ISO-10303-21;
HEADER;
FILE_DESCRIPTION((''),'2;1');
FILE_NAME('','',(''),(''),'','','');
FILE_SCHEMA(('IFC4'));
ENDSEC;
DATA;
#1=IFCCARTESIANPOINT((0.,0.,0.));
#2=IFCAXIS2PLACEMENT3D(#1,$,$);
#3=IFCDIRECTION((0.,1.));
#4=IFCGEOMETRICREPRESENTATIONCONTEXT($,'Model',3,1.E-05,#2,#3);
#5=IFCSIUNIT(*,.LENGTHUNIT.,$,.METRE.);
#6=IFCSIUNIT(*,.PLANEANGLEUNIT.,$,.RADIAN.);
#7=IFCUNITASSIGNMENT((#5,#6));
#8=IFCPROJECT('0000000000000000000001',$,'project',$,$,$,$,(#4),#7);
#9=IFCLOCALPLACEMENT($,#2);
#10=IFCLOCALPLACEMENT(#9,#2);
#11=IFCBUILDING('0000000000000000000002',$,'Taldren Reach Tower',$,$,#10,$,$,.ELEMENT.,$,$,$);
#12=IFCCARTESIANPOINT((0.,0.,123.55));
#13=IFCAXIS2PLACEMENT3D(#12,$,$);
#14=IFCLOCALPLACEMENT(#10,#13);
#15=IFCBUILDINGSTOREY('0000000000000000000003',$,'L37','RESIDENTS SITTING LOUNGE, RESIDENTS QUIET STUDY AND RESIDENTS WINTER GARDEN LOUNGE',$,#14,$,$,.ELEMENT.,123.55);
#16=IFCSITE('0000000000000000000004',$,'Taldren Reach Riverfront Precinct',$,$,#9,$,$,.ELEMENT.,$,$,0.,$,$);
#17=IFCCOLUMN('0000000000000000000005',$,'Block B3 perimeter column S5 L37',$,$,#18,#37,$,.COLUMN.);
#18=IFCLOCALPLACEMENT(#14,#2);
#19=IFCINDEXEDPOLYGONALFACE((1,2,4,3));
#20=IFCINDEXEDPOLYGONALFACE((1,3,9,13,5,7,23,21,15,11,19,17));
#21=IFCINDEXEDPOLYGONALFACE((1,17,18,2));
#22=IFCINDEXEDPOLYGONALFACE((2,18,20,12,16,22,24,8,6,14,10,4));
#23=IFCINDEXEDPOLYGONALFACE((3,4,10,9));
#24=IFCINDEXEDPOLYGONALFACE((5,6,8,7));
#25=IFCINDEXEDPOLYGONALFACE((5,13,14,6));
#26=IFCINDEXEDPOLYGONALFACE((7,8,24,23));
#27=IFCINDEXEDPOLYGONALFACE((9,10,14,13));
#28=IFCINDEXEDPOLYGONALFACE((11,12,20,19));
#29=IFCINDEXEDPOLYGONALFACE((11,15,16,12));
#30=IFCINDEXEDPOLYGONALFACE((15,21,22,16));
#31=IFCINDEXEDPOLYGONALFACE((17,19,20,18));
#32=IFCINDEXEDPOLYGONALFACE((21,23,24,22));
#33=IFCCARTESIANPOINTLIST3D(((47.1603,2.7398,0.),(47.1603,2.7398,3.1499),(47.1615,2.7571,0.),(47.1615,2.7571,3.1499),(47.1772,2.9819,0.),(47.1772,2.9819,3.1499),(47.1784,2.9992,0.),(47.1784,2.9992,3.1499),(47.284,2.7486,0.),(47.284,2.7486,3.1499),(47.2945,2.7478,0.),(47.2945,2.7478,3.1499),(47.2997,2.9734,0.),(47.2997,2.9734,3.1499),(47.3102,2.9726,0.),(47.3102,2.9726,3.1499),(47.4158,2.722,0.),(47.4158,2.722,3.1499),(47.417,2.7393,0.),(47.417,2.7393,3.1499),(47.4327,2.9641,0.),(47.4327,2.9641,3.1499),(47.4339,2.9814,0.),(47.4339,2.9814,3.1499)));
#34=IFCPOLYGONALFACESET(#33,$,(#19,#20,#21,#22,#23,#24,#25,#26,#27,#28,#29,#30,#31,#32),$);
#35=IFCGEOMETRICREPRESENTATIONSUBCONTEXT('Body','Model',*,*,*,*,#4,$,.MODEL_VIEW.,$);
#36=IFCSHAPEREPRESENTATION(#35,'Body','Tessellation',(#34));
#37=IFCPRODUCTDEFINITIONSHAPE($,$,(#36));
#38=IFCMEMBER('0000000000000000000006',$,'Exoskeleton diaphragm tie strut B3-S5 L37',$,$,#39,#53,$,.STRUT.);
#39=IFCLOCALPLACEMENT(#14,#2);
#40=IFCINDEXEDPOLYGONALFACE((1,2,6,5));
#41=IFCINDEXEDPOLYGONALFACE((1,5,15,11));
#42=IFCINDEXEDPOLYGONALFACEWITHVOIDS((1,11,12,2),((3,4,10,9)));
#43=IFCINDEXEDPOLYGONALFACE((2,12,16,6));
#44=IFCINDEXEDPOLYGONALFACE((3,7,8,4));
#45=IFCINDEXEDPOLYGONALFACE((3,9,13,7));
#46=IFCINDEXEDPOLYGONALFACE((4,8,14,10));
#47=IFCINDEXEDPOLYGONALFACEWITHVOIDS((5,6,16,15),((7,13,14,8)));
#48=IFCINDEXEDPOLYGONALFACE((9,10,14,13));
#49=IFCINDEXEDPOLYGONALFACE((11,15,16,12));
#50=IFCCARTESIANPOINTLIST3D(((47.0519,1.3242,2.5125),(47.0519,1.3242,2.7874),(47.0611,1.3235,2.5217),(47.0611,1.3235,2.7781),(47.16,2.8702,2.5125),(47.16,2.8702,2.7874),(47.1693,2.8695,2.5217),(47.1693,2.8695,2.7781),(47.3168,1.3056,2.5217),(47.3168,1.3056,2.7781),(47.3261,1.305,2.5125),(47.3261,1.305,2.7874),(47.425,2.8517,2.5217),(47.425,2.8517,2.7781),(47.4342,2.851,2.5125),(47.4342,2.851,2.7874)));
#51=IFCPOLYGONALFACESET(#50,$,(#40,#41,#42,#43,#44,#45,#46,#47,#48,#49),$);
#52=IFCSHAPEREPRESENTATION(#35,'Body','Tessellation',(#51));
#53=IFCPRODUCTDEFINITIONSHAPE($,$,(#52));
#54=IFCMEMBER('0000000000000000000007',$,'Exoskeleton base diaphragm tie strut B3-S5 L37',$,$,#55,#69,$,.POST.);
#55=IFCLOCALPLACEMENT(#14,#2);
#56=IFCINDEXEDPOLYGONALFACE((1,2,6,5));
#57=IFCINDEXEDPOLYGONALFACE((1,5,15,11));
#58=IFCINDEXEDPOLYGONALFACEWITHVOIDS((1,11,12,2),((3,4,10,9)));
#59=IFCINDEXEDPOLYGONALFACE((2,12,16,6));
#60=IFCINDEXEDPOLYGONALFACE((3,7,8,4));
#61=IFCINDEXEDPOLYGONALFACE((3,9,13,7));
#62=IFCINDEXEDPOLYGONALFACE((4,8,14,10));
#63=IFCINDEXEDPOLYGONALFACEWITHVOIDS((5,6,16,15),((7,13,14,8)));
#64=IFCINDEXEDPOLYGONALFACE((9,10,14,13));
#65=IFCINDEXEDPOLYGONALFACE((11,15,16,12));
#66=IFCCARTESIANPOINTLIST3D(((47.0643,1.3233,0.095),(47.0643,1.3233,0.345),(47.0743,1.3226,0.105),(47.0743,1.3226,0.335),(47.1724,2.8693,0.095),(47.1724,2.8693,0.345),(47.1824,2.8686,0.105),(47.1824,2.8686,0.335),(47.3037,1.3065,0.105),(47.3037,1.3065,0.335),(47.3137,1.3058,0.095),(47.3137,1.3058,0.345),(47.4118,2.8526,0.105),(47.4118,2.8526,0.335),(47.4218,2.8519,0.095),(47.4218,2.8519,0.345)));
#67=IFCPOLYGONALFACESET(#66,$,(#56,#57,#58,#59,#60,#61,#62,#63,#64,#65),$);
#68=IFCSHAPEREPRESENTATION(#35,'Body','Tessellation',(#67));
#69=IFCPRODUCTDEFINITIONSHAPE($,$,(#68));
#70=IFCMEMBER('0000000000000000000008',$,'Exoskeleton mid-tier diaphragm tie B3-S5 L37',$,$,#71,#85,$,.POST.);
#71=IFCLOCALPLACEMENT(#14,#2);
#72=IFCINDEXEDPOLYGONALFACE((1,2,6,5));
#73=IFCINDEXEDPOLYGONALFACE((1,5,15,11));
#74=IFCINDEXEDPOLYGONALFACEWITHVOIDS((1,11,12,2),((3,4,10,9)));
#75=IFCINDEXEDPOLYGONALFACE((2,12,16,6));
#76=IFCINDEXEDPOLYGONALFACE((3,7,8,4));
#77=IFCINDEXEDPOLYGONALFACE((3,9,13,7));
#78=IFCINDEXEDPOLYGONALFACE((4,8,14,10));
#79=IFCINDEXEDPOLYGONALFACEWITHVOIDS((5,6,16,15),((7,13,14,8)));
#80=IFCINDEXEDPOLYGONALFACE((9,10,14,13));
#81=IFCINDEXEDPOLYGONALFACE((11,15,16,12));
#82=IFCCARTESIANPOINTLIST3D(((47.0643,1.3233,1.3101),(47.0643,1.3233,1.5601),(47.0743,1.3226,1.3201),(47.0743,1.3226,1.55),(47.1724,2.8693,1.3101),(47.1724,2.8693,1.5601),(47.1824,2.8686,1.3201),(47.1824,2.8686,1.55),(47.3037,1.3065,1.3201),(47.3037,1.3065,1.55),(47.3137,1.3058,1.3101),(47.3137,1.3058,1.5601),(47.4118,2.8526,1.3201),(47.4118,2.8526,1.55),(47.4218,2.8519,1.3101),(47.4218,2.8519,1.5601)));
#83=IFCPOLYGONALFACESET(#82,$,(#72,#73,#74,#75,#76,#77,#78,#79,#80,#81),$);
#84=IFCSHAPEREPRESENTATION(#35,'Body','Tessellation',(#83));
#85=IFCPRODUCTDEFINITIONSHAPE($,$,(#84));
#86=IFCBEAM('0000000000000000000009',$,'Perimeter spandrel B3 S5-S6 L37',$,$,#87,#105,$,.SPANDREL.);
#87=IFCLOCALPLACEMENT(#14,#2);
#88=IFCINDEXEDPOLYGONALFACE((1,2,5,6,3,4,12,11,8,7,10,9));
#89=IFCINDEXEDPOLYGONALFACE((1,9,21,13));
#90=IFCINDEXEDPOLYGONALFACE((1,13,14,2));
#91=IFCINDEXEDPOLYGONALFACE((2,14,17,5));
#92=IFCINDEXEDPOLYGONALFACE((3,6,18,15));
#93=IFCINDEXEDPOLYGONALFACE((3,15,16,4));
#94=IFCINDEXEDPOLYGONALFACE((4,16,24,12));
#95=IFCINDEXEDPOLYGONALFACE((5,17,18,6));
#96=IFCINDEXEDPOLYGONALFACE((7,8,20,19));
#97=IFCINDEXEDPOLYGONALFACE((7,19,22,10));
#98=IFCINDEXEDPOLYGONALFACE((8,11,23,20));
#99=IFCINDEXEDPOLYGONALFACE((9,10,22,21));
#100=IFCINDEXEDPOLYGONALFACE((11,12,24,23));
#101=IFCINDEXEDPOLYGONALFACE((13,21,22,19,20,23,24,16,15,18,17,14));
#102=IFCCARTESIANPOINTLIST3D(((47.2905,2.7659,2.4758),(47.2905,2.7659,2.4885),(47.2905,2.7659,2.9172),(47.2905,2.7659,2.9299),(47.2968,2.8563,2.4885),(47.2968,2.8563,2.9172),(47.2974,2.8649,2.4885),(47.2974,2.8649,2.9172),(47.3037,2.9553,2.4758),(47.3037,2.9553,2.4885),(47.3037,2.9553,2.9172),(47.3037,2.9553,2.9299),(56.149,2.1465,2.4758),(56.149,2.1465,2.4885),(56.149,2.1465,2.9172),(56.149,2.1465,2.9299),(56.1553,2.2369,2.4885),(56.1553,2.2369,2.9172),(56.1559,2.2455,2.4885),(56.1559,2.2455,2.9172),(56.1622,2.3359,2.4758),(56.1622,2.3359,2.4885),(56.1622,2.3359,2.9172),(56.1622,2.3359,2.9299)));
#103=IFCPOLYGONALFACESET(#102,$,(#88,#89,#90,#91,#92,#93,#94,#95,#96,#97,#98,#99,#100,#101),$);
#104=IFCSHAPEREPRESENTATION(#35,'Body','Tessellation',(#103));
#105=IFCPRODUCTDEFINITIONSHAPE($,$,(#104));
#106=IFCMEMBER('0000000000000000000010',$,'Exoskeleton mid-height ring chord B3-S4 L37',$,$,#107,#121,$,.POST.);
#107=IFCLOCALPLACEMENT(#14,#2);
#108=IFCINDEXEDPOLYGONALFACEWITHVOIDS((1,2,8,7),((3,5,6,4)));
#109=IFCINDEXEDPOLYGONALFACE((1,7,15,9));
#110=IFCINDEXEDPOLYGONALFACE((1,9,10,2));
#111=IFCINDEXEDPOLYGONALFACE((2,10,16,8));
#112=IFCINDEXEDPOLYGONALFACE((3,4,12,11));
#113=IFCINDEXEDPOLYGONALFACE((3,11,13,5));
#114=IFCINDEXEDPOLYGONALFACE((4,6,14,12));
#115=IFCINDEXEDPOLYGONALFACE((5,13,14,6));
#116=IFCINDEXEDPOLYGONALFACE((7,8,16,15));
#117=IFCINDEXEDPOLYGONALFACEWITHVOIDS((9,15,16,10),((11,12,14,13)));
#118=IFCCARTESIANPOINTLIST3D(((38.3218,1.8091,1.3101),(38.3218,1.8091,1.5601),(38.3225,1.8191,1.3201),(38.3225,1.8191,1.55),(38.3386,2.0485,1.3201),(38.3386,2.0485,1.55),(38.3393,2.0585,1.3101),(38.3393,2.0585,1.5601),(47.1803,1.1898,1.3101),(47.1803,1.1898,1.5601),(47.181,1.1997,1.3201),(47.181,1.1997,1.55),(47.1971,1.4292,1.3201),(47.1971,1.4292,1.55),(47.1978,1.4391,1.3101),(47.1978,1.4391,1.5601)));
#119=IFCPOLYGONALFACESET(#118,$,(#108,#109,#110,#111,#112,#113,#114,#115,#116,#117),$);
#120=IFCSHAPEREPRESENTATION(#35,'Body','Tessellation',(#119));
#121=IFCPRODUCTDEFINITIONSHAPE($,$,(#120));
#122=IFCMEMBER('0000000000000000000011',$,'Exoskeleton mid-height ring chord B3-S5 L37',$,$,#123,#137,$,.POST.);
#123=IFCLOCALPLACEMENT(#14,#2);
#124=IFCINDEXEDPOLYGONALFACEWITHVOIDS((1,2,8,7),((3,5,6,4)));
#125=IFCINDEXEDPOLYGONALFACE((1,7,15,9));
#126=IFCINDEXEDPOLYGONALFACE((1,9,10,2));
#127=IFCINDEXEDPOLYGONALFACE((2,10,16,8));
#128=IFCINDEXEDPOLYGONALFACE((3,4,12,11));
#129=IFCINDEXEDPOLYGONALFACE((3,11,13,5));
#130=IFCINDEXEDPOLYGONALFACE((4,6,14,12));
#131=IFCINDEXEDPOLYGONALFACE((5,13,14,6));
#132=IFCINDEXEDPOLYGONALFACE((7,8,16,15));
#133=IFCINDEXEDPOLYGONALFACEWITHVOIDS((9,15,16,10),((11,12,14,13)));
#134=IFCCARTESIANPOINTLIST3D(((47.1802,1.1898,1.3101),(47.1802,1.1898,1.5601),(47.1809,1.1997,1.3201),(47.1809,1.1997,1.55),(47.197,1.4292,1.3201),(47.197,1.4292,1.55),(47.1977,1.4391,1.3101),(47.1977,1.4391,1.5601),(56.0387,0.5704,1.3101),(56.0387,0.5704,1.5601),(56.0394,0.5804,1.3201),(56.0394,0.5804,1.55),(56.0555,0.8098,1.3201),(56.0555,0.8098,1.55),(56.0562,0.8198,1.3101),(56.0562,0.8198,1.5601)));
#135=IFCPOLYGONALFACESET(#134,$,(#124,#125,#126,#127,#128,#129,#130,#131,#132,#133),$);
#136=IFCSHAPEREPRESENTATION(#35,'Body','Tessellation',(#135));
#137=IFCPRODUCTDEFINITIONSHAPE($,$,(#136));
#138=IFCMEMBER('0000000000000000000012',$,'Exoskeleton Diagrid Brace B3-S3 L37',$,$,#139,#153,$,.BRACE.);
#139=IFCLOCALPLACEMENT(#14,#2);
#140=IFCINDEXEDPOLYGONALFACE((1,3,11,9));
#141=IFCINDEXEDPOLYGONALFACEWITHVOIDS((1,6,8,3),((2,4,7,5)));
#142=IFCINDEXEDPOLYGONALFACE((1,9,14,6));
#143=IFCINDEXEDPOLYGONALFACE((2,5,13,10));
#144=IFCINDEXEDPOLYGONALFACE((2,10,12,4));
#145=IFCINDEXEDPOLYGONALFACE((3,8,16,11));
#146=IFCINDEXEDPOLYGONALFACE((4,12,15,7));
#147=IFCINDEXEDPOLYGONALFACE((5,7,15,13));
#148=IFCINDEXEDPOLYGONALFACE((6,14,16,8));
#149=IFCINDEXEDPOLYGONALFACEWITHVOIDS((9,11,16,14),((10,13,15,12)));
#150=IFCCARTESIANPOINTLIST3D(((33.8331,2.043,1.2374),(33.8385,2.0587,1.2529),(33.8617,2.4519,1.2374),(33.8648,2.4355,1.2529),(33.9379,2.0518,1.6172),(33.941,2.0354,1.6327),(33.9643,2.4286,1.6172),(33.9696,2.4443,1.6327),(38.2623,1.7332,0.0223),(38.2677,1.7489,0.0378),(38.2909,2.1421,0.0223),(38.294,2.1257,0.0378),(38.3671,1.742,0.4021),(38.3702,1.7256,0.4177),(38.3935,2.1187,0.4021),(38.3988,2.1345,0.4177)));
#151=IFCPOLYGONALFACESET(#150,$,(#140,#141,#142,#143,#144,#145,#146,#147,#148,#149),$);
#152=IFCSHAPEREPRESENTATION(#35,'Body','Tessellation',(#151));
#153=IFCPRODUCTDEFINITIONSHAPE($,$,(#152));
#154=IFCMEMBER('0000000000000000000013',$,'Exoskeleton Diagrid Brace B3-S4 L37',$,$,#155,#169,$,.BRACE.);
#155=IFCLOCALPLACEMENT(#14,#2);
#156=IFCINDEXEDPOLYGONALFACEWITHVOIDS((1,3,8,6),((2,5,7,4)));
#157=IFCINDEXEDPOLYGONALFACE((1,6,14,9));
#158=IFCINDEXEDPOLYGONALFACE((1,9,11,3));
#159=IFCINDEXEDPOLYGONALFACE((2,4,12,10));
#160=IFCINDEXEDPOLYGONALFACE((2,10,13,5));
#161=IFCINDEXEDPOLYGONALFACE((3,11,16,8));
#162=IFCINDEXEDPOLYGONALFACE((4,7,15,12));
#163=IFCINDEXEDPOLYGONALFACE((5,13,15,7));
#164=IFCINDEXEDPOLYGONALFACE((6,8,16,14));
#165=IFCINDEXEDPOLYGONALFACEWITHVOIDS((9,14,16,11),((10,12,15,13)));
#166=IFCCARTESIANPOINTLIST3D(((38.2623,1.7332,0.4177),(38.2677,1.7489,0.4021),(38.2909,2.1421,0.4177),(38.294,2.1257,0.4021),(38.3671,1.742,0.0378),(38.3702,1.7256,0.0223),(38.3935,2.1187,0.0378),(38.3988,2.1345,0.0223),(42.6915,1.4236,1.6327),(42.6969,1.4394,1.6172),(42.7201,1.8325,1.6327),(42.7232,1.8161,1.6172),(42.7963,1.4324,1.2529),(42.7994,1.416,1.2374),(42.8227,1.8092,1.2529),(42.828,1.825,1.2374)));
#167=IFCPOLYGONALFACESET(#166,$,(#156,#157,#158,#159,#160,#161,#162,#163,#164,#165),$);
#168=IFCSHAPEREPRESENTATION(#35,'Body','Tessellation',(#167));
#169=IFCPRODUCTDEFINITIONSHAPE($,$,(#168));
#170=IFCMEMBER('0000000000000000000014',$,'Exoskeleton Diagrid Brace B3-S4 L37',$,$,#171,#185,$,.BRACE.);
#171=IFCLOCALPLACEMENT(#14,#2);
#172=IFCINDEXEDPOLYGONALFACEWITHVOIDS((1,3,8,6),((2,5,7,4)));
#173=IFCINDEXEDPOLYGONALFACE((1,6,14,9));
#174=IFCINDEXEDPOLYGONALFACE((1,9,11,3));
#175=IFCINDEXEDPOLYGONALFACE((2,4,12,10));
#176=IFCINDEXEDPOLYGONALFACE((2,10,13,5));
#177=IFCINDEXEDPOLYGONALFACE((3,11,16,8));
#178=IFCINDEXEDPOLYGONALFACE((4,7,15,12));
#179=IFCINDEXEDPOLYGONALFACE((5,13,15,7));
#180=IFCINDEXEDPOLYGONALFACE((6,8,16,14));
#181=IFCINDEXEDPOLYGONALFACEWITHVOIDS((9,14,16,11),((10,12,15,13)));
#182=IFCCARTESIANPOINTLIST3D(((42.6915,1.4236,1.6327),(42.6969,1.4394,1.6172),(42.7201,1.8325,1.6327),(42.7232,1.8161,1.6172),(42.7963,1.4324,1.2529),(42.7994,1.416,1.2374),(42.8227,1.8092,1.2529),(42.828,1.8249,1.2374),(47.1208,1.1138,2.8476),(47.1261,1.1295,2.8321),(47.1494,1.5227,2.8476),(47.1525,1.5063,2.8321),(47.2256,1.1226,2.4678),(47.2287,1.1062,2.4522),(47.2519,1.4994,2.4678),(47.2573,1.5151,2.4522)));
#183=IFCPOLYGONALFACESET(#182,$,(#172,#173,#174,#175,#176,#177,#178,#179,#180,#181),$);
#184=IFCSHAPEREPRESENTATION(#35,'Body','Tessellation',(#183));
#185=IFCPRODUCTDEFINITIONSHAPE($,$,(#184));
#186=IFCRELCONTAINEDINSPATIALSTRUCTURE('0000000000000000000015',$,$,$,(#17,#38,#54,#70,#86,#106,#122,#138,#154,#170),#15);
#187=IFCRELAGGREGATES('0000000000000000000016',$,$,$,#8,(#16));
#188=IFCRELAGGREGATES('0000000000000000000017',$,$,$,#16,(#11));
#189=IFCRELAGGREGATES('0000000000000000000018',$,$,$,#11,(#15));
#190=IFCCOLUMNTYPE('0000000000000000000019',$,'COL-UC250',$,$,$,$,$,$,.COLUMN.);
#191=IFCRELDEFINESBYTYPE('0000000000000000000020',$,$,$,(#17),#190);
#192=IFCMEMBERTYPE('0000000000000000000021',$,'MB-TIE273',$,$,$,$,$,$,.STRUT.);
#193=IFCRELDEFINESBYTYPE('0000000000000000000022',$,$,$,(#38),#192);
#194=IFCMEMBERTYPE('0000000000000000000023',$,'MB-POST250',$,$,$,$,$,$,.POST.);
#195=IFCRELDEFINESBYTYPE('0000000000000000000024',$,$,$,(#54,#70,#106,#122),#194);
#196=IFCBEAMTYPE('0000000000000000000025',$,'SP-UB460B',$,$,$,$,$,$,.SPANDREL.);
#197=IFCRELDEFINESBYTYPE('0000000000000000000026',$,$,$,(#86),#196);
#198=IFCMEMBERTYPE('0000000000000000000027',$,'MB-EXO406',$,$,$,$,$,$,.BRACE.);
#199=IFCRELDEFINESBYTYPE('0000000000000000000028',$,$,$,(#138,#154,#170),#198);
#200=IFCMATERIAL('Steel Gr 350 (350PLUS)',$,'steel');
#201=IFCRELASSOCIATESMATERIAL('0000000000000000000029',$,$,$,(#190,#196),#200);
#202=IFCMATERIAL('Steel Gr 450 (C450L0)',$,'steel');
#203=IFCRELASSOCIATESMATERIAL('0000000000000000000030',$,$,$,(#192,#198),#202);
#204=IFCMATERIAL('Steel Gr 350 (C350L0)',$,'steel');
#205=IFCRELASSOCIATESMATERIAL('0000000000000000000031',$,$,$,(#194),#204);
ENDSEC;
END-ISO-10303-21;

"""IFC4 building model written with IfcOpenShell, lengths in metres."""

from ifc_helpers import new_model, si_unit, direction, frame, origin, origin_2d, place, context, subcontext, project, spatial, hollow_rectangle, i_section, extrude, source, transform, mapped, material, material_profile, profile_set, type_object, element, save


model = new_model("IFC4")

# Units and contexts
model_context = context("Model", 3, precision=1e-05, world=origin(), true_north=direction((0.0, 1.0)))
body_context = subcontext(model_context, "Body", "Model", "MODEL_VIEW")
ifc_project = project(units=[si_unit("LENGTHUNIT", "METRE"), si_unit("PLANEANGLEUNIT", "RADIAN")], contexts=[model_context])

# Site, building, storey
site_placement = place(None, origin())
site = spatial("IfcSite", under=ifc_project, at=site_placement, Name="Taldren Reach Riverfront Precinct", CompositionType="ELEMENT", RefElevation=0.0)
building_placement = place(site_placement, origin())
building = spatial("IfcBuilding", under=site, at=building_placement, Name="Taldren Reach Tower", CompositionType="ELEMENT")
storey_placement = place(building_placement, frame((0.0, 0.0, 123.55)))
storey = spatial("IfcBuildingStorey", under=building, at=storey_placement, Name="L37", Description="RESIDENTS SITTING LOUNGE, RESIDENTS QUIET STUDY AND RESIDENTS WINTER GARDEN LOUNGE", CompositionType="ELEMENT", Elevation=123.55)

# Column
ifc_material_1 = material(Name="Steel Gr 350 (350PLUS)", Category="steel")
ifc_material_profile_1 = material_profile(ifc_material_1, i_section(OverallWidth=0.2561, OverallDepth=0.26, WebThickness=0.0105, FlangeThickness=0.0173, at=origin_2d()), Name="250UC89.5")
ifc_profile_set_1 = profile_set([ifc_material_profile_1], Name="Steel Gr 350 (350PLUS)")
column_type = type_object("IfcColumnType", Name="COL-UC250", PredefinedType="COLUMN", material=ifc_profile_set_1)
shared_shape_1 = source(origin(), body_context, "Body", "SweptSolid", [
    extrude(i_section(OverallWidth=0.2561, OverallDepth=0.26, WebThickness=0.0105, FlangeThickness=0.0173, at=origin_2d()), origin(), (0.0, 0.0, 1.0), 3.1499),
])
column_placement = place(storey_placement, frame((47.2971, 2.8606, 0.0), z_axis=(0.0, 0.0, 1.0), x_axis=(0.997564, -0.069756, 0.0)))
element("IfcColumn", 1, at=column_placement, inside=storey, type_object=column_type, Name="Block B3 perimeter column S5 L37", PredefinedType="COLUMN", context=body_context, shape_type="MappedRepresentation", body=[
    mapped(shared_shape_1, transform((0.0, 0.0, 0.0), scale=1.0)),
])

# Members
ifc_material_2 = material(Name="Steel Gr 450 (C450L0)", Category="steel")
ifc_material_profile_2 = material_profile(ifc_material_2, hollow_rectangle(XDim=0.2749, YDim=0.2749, WallThickness=0.0093, at=origin_2d()), Name="275x275x9.3SHS")
ifc_profile_set_2 = profile_set([ifc_material_profile_2], Name="Steel Gr 450 (C450L0)")
member_type_1 = type_object("IfcMemberType", Name="MB-TIE273", PredefinedType="STRUT", material=ifc_profile_set_2)
shared_shape_2 = source(origin(), body_context, "Body", "SweptSolid", [
    extrude(hollow_rectangle(XDim=0.2749, YDim=0.2749, WallThickness=0.0093, at=origin_2d()), origin(), (0.0, 0.0, 1.0), 1.5498),
])
member_1_placement = place(storey_placement, frame((47.2971, 2.8606, 2.6499), z_axis=(-0.069781, -0.997562, 0.0), x_axis=(0.997562, -0.069781, 0.0)))
element("IfcMember", 2, at=member_1_placement, inside=storey, type_object=member_type_1, Name="Exoskeleton diaphragm tie strut B3-S5 L37", PredefinedType="STRUT", context=body_context, shape_type="MappedRepresentation", body=[
    mapped(shared_shape_2, transform((0.0, 0.0, 0.0), scale=1.0)),
])
ifc_material_3 = material(Name="Steel Gr 350 (C350L0)", Category="steel")
ifc_material_profile_3 = material_profile(ifc_material_3, hollow_rectangle(XDim=0.25, YDim=0.25, WallThickness=0.01, at=origin_2d()), Name="250x250x10.0SHS")
ifc_profile_set_3 = profile_set([ifc_material_profile_3], Name="Steel Gr 350 (C350L0)")
member_type_2 = type_object("IfcMemberType", Name="MB-POST250", PredefinedType="POST", material=ifc_profile_set_3)
shared_shape_3 = source(origin(), body_context, "Body", "SweptSolid", [
    extrude(hollow_rectangle(XDim=0.25, YDim=0.25, WallThickness=0.01, at=origin_2d()), origin(), (0.0, 0.0, 1.0), 1.5498),
])
for number, where, z_axis, x_axis, name in (
    (3, (47.2971, 2.8606, 0.22), (-0.069781, -0.997562, 0.0), (0.997562, -0.069781, 0.0), "Exoskeleton base diaphragm tie strut B3-S5 L37"),
    (4, (47.2971, 2.8606, 1.4351), (-0.069781, -0.997562, 0.0), (0.997562, -0.069781, 0.0), "Exoskeleton mid-tier diaphragm tie B3-S5 L37"),
):
    element("IfcMember", number, at=place(storey_placement, frame(where, z_axis=z_axis, x_axis=x_axis)), inside=storey, type_object=member_type_2, Name=name, PredefinedType="POST", context=body_context, shape_type="MappedRepresentation", body=[
        mapped(shared_shape_3, transform((0.0, 0.0, 0.0), scale=1.0)),
    ])

# Beam
ifc_material_profile_4 = material_profile(ifc_material_1, i_section(OverallWidth=0.1899, OverallDepth=0.4541, WebThickness=0.0085, FlangeThickness=0.0127, at=origin_2d()), Name="460UB67.1")
ifc_profile_set_4 = profile_set([ifc_material_profile_4], Name="Steel Gr 350 (350PLUS)")
beam_type = type_object("IfcBeamType", Name="SP-UB460B", PredefinedType="SPANDREL", material=ifc_profile_set_4)
shared_shape_4 = source(origin(), body_context, "Body", "SweptSolid", [
    extrude(i_section(OverallWidth=0.1899, OverallDepth=0.4541, WebThickness=0.0085, FlangeThickness=0.0127, at=origin_2d()), origin(), (0.0, 0.0, 1.0), 8.8801),
])
beam_placement = place(storey_placement, frame((47.2971, 2.8606, 2.7029), z_axis=(0.997564, -0.06975, 0.0), x_axis=(0.06975, 0.997564, 0.0)))
element("IfcBeam", 5, at=beam_placement, inside=storey, type_object=beam_type, Name="Perimeter spandrel B3 S5-S6 L37", PredefinedType="SPANDREL", context=body_context, shape_type="MappedRepresentation", body=[
    mapped(shared_shape_4, transform((0.0, 0.0, 0.0), scale=1.0)),
])

# Members
shared_shape_5 = source(origin(), body_context, "Body", "SweptSolid", [
    extrude(hollow_rectangle(XDim=0.25, YDim=0.25, WallThickness=0.01, at=origin_2d()), origin(), (0.0, 0.0, 1.0), 8.8801),
])
for number, where, z_axis, x_axis, name in (
    (6, (38.3306, 1.9338, 1.4351), (0.997564, -0.06975, 0.0), (0.06975, 0.997564, 0.0), "Exoskeleton mid-height ring chord B3-S4 L37"),
    (7, (47.189, 1.3145, 1.4351), (0.997564, -0.06975, 0.0), (0.06975, 0.997564, 0.0), "Exoskeleton mid-height ring chord B3-S5 L37"),
):
    element("IfcMember", number, at=place(storey_placement, frame(where, z_axis=z_axis, x_axis=x_axis)), inside=storey, type_object=member_type_2, Name=name, PredefinedType="POST", context=body_context, shape_type="MappedRepresentation", body=[
        mapped(shared_shape_5, transform((0.0, 0.0, 0.0), scale=1.0)),
    ])
ifc_material_profile_5 = material_profile(ifc_material_2, hollow_rectangle(XDim=0.4099, YDim=0.4099, WallThickness=0.0161, at=origin_2d()), Name="410x410x16.0SHS")
ifc_profile_set_5 = profile_set([ifc_material_profile_5], Name="Steel Gr 450 (C450L0)")
member_type_3 = type_object("IfcMemberType", Name="MB-EXO406", PredefinedType="BRACE", material=ifc_profile_set_5)
shared_shape_6 = source(origin(), body_context, "Body", "SweptSolid", [
    extrude(hollow_rectangle(XDim=0.4099, YDim=0.4099, WallThickness=0.0161, at=origin_2d()), origin(), (0.0, 0.0, 1.0), 4.6033),
])
for number, where, z_axis, x_axis, name in (
    (8, (38.3306, 1.9338, 0.22), (-0.962182, 0.067303, 0.263961), (-0.069778, -0.997563, 0.0), "Exoskeleton Diagrid Brace B3-S3 L37"),
    (9, (38.3306, 1.9338, 0.22), (0.962186, -0.06725, 0.263962), (0.069723, 0.997566, 0.0), "Exoskeleton Diagrid Brace B3-S4 L37"),
    (10, (42.7598, 1.6243, 1.4351), (0.962196, -0.067304, 0.263912), (0.069778, 0.997563, 0.0), "Exoskeleton Diagrid Brace B3-S4 L37"),
):
    element("IfcMember", number, at=place(storey_placement, frame(where, z_axis=z_axis, x_axis=x_axis)), inside=storey, type_object=member_type_3, Name=name, PredefinedType="BRACE", context=body_context, shape_type="MappedRepresentation", body=[
        mapped(shared_shape_6, transform((0.0, 0.0, 0.0), scale=1.0)),
    ])

save(model, "model.ifc")
